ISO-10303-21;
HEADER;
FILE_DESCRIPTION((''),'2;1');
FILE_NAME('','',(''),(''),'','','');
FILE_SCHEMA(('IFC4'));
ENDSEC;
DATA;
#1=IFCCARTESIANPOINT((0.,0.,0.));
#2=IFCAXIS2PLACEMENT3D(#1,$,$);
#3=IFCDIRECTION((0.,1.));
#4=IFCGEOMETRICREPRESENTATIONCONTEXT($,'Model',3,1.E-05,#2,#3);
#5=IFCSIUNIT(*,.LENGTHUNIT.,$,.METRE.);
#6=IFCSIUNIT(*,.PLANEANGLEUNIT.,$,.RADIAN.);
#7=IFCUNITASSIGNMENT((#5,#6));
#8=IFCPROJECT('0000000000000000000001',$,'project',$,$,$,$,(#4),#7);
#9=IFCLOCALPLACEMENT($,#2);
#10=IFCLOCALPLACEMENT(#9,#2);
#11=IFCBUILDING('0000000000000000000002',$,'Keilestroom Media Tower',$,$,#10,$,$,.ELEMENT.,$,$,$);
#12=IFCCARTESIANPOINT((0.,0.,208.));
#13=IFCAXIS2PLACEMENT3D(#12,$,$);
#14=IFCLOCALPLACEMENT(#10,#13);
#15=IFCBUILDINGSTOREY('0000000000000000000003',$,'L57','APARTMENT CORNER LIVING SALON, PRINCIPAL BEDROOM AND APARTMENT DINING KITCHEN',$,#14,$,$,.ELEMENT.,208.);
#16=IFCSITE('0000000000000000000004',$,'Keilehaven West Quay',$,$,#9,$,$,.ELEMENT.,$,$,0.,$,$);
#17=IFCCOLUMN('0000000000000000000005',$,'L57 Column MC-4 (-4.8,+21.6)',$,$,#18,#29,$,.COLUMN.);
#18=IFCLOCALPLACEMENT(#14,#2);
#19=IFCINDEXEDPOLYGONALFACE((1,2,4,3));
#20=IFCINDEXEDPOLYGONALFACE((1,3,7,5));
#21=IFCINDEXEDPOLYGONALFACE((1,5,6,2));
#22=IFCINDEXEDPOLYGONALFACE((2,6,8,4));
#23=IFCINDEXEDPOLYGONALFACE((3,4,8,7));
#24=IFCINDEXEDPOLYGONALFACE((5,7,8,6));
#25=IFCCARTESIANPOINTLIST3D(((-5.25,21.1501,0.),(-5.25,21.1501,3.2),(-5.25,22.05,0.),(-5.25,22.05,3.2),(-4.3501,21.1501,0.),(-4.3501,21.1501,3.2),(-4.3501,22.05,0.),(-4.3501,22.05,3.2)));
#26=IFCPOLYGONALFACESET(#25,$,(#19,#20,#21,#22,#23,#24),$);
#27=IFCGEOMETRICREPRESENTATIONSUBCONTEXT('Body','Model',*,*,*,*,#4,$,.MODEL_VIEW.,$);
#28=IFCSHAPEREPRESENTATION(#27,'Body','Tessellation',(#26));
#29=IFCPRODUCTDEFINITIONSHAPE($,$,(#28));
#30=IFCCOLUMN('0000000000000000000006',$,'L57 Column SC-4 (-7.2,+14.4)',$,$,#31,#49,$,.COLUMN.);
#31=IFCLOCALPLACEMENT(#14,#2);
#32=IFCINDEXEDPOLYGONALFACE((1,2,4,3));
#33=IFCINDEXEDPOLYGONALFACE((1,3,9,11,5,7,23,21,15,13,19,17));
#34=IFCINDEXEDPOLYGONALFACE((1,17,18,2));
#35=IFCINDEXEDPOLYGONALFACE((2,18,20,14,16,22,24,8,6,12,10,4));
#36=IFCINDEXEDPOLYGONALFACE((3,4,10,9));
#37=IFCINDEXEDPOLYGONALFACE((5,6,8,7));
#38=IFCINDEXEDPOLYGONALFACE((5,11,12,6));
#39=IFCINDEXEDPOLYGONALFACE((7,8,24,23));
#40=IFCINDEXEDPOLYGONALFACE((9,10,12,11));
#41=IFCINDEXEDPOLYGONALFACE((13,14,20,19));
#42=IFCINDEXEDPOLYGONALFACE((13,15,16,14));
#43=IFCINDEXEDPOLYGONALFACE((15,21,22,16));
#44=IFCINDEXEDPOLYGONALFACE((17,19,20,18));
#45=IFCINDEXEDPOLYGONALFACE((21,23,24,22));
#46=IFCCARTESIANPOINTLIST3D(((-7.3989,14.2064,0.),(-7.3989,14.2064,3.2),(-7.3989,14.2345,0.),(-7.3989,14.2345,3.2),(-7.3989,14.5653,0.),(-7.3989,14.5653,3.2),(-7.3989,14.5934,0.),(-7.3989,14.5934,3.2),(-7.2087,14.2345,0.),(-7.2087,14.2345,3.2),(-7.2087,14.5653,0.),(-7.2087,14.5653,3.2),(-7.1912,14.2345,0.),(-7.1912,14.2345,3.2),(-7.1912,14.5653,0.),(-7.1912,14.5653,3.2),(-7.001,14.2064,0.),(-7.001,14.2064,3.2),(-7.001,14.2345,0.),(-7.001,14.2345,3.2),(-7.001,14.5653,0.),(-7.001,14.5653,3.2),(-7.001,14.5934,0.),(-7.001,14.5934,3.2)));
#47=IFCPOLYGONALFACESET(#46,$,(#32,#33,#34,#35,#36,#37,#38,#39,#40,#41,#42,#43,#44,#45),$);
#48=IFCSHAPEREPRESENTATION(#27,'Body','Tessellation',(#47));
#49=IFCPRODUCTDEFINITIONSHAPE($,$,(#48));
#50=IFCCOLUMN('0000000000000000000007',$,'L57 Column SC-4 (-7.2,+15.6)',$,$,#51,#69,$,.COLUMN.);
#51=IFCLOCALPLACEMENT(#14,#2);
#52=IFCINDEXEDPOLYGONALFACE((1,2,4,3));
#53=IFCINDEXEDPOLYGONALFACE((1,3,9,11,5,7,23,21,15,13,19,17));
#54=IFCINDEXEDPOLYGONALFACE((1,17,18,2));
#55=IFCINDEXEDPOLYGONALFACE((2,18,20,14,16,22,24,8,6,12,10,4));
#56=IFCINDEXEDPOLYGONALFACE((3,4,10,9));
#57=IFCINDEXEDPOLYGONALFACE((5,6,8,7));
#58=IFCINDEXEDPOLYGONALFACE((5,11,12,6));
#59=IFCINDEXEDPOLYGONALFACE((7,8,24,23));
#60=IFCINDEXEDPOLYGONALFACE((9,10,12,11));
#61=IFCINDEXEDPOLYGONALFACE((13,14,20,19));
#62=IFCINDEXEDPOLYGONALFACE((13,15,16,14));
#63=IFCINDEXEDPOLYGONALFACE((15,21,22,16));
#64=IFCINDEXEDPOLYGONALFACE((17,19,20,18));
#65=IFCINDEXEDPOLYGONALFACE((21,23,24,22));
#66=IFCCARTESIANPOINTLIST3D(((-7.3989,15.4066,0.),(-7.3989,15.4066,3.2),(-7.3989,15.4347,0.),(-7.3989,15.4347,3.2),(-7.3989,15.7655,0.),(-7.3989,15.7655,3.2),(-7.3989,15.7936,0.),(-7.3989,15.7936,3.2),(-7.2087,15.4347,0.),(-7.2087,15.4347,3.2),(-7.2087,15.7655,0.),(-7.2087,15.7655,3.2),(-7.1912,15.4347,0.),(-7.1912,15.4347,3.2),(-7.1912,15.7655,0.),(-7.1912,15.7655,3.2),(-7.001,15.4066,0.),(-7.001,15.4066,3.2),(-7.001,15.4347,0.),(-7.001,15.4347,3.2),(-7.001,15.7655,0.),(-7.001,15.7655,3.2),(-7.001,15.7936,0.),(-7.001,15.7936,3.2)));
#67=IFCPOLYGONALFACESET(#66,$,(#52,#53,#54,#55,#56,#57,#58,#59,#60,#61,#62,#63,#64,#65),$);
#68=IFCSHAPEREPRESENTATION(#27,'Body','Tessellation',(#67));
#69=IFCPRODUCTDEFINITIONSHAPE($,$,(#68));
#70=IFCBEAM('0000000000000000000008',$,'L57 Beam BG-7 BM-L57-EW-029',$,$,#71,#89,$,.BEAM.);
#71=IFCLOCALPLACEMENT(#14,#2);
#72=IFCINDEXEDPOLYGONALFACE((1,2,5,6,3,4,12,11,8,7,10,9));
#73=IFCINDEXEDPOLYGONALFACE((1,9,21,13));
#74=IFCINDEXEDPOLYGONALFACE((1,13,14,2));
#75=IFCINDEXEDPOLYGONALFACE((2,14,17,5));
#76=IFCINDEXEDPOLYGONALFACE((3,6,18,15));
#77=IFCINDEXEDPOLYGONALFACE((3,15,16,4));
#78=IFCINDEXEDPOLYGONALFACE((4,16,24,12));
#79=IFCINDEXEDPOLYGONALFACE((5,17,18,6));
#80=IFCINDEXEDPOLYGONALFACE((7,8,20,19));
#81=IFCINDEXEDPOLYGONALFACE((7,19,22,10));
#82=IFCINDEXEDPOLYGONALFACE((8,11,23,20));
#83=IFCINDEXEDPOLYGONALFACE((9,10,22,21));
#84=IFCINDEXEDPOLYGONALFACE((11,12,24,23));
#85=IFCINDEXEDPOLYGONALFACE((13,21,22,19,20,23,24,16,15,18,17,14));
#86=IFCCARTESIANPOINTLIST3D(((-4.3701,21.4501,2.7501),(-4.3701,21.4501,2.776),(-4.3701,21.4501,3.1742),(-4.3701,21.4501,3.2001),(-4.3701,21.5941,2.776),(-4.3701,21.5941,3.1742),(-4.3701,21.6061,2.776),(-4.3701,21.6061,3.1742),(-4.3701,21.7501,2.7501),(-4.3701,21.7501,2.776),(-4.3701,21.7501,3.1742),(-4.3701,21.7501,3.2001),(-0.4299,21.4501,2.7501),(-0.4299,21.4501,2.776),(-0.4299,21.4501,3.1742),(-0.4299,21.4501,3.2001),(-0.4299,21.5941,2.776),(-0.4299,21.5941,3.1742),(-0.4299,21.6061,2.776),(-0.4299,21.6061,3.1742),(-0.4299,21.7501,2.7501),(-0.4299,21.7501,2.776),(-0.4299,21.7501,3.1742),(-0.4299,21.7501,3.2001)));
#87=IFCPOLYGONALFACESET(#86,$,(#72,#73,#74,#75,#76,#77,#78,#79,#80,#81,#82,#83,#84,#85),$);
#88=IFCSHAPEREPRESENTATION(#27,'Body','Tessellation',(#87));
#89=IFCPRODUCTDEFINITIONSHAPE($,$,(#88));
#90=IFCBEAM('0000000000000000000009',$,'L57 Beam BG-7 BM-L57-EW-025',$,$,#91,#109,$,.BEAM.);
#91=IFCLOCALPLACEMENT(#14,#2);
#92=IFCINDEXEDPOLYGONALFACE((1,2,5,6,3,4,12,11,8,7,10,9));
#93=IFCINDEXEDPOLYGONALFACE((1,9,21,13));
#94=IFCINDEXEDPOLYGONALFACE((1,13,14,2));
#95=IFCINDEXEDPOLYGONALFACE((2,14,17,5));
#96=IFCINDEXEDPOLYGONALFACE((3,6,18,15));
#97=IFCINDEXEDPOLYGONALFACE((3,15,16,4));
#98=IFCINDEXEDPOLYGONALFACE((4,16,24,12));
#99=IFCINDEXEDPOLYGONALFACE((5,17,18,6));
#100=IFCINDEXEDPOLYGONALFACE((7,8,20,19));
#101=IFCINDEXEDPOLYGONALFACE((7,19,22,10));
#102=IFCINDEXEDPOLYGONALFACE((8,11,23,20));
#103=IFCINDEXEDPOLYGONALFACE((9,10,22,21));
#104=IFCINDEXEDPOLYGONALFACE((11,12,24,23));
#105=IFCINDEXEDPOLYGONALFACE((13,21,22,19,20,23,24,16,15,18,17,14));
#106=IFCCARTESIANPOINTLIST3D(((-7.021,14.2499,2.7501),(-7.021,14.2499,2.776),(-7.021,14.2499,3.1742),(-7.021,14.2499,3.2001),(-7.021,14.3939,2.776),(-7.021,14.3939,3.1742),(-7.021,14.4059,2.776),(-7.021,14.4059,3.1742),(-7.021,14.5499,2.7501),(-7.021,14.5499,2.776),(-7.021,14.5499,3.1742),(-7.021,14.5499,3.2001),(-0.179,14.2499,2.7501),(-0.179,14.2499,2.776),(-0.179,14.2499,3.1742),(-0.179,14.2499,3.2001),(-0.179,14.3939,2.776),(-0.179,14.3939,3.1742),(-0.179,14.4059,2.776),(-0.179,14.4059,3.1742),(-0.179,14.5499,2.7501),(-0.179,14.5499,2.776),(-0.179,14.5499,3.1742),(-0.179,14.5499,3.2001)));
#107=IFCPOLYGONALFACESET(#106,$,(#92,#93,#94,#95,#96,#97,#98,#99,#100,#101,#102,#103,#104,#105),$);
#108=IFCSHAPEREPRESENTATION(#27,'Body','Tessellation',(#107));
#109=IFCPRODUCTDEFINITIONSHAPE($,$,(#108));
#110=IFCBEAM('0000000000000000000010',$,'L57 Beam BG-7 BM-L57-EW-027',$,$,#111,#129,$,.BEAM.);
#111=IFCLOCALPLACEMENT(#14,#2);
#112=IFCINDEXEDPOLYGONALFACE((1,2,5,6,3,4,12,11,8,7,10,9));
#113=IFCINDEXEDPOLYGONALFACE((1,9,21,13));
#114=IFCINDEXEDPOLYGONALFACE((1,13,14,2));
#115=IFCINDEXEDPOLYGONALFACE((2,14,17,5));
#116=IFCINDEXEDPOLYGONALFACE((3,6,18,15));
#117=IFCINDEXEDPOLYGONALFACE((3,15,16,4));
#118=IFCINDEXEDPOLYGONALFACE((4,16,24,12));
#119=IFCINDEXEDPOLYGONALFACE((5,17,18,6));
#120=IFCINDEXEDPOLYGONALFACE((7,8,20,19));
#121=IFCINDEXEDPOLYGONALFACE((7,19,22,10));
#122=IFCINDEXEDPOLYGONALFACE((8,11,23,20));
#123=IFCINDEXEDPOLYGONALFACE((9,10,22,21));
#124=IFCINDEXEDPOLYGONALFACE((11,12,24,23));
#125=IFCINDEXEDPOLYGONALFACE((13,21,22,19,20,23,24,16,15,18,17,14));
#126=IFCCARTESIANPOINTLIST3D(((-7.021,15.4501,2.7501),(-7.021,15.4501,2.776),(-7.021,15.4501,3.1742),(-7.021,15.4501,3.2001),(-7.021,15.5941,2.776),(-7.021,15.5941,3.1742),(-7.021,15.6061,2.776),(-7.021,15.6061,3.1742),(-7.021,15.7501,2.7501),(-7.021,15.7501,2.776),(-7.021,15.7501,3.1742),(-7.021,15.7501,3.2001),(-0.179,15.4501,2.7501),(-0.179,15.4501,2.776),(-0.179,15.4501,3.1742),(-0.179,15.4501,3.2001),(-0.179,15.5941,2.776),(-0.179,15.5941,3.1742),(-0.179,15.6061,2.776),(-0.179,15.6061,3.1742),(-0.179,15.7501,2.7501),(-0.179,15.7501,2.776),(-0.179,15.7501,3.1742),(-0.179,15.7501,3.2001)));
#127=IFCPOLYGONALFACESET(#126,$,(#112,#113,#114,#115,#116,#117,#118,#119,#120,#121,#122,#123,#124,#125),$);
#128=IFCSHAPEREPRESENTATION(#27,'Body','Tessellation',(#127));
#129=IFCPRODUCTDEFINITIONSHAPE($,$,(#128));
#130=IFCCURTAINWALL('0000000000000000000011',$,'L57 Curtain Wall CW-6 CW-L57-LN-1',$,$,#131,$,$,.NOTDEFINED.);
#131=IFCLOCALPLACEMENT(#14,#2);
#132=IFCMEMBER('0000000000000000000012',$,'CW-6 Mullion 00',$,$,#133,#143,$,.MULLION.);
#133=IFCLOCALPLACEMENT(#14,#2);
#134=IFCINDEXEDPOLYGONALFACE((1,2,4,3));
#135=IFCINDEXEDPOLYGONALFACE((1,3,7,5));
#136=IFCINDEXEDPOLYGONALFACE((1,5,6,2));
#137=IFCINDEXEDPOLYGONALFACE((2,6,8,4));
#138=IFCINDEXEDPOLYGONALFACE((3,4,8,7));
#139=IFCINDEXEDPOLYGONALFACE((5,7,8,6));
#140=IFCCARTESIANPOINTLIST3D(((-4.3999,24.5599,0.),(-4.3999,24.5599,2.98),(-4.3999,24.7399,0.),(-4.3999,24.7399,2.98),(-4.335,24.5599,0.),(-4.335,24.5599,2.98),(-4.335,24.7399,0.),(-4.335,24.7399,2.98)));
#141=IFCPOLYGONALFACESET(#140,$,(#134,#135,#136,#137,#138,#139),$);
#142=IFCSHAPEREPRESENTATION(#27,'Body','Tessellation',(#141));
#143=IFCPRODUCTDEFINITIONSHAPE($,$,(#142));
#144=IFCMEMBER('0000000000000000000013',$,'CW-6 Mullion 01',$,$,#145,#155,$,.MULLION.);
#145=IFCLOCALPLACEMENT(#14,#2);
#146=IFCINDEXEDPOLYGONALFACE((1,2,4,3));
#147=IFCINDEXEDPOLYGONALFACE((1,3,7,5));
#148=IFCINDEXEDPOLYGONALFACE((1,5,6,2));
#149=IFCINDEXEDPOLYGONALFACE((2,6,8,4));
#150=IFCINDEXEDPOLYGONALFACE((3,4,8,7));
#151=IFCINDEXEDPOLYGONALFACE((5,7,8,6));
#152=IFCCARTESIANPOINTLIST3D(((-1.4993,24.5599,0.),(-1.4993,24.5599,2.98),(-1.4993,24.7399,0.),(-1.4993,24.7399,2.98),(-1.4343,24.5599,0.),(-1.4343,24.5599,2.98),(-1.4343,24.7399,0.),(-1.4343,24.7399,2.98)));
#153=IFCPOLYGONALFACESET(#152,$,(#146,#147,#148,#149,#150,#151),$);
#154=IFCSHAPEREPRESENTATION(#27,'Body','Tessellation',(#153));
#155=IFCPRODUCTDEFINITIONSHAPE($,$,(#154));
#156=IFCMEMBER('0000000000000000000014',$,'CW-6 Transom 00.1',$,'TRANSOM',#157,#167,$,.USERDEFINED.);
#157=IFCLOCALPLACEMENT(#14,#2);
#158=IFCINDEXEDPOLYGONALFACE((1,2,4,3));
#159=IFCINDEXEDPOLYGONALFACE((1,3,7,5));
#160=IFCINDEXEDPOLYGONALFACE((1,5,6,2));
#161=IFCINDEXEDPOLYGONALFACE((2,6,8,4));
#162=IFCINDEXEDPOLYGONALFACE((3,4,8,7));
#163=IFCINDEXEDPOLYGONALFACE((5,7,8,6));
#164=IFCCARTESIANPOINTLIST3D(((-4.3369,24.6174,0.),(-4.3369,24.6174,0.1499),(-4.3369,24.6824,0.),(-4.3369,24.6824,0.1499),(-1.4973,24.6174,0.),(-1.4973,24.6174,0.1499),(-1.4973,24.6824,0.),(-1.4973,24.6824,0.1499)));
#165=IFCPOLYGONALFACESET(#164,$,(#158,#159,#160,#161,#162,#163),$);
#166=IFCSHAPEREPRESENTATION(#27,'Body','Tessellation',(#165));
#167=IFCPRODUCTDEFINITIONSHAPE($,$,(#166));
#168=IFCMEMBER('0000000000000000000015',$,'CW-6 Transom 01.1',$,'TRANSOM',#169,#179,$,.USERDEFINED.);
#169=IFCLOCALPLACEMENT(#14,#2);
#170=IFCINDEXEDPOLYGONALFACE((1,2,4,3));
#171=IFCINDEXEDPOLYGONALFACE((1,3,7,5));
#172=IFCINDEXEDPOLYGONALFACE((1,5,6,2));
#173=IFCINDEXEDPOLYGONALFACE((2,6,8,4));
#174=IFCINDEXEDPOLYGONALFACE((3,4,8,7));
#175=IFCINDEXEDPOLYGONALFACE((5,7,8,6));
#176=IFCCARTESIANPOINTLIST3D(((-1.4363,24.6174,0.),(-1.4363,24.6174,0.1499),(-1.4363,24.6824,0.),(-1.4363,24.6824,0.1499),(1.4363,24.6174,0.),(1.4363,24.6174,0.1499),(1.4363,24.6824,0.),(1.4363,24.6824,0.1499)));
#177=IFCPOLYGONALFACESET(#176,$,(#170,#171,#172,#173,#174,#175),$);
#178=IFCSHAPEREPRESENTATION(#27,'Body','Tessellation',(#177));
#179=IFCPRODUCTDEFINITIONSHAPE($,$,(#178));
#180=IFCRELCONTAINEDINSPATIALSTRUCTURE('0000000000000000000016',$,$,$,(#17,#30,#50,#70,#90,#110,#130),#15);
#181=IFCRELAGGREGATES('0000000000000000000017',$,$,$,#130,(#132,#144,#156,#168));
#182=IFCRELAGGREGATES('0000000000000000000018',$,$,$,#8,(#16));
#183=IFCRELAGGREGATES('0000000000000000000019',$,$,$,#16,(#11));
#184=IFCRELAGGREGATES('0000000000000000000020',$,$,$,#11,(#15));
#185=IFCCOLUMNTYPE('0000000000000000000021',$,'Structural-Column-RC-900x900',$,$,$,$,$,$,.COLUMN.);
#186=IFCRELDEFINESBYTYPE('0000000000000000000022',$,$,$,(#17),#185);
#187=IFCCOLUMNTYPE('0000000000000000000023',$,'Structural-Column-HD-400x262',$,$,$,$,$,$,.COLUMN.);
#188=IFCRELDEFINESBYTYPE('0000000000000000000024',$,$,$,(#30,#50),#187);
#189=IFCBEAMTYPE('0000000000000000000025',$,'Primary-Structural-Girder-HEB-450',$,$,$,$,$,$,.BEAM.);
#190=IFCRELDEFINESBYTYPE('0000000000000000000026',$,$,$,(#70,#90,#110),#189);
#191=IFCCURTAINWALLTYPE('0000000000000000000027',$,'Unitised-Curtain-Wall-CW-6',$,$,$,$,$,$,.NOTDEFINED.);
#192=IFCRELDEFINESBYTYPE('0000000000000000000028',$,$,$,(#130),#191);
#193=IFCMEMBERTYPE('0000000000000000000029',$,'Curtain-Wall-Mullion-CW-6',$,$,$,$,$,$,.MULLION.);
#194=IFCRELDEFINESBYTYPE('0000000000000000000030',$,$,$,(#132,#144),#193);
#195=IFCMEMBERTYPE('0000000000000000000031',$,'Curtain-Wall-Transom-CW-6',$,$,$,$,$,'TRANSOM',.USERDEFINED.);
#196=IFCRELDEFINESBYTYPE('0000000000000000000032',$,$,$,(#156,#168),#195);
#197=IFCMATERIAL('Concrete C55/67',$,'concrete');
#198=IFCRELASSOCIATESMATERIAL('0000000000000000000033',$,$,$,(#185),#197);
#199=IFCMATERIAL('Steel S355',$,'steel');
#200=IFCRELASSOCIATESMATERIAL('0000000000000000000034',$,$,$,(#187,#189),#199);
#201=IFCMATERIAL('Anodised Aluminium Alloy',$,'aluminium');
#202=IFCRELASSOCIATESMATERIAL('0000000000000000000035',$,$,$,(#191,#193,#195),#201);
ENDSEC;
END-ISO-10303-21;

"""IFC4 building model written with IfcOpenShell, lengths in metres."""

from ifc_helpers import new_model, si_unit, direction, frame, origin, origin_2d, place, context, subcontext, project, spatial, rectangle, i_section, extrude, source, transform, mapped, material, material_profile, profile_set, type_object, element, aggregate, save


model = new_model("IFC4")

# Units and contexts
model_context = context("Model", 3, precision=1e-05, world=origin(), true_north=direction((0.0, 1.0)))
body_context = subcontext(model_context, "Body", "Model", "MODEL_VIEW")
ifc_project = project(units=[si_unit("LENGTHUNIT", "METRE"), si_unit("PLANEANGLEUNIT", "RADIAN")], contexts=[model_context])

# Site, building, storey
site_placement = place(None, origin())
site = spatial("IfcSite", under=ifc_project, at=site_placement, Name="Keilehaven West Quay", CompositionType="ELEMENT", RefElevation=0.0)
building_placement = place(site_placement, origin())
building = spatial("IfcBuilding", under=site, at=building_placement, Name="Keilestroom Media Tower", CompositionType="ELEMENT")
storey_placement = place(building_placement, frame((0.0, 0.0, 208.0)))
storey = spatial("IfcBuildingStorey", under=building, at=storey_placement, Name="L57", Description="APARTMENT CORNER LIVING SALON, PRINCIPAL BEDROOM AND APARTMENT DINING KITCHEN", CompositionType="ELEMENT", Elevation=208.0)

# Columns
ifc_material_1 = material(Name="Concrete C55/67", Category="concrete")
ifc_material_profile_1 = material_profile(ifc_material_1, rectangle(XDim=0.8999, YDim=0.8999, at=origin_2d()), Name="RC 900x900")
ifc_profile_set_1 = profile_set([ifc_material_profile_1], Name="Concrete C55/67")
column_type_1 = type_object("IfcColumnType", Name="Structural-Column-RC-900x900", PredefinedType="COLUMN", material=ifc_profile_set_1)
shared_shape_1 = source(origin(), body_context, "Body", "SweptSolid", [
    extrude(rectangle(XDim=0.8999, YDim=0.8999, at=origin_2d()), origin(), (0.0, 0.0, 1.0), 3.2),
])
column_placement = place(storey_placement, frame((-4.8, 21.6001, 0.0), z_axis=(0.0, 0.0, 1.0), x_axis=(1.0, 0.0, 0.0)))
element("IfcColumn", 1, at=column_placement, inside=storey, type_object=column_type_1, Name="L57 Column MC-4 (-4.8,+21.6)", PredefinedType="COLUMN", context=body_context, shape_type="MappedRepresentation", body=[
    mapped(shared_shape_1, transform((0.0, 0.0, 0.0), x_axis=(1.0, 0.0, 0.0), y_axis=(0.0, 1.0, 0.0), z_axis=(0.0, 0.0, 1.0), scale=1.0)),
])
ifc_material_2 = material(Name="Steel S355", Category="steel")
ifc_material_profile_2 = material_profile(ifc_material_2, i_section(OverallWidth=0.3979, OverallDepth=0.387, WebThickness=0.0176, FlangeThickness=0.0281, at=origin_2d()), Name="HD 400x262")
ifc_profile_set_2 = profile_set([ifc_material_profile_2], Name="Steel S355")
column_type_2 = type_object("IfcColumnType", Name="Structural-Column-HD-400x262", PredefinedType="COLUMN", material=ifc_profile_set_2)
shared_shape_2 = source(origin(), body_context, "Body", "SweptSolid", [
    extrude(i_section(OverallWidth=0.3979, OverallDepth=0.387, WebThickness=0.0176, FlangeThickness=0.0281, at=origin_2d()), origin(), (0.0, 0.0, 1.0), 3.2),
])
for number, where, z_axis, x_axis, name in (
    (2, (-7.2, 14.3999, 0.0), (0.0, 0.0, 1.0), (1.0, 0.0, 0.0), "L57 Column SC-4 (-7.2,+14.4)"),
    (3, (-7.2, 15.6001, 0.0), (0.0, 0.0, 1.0), (1.0, 0.0, 0.0), "L57 Column SC-4 (-7.2,+15.6)"),
):
    element("IfcColumn", number, at=place(storey_placement, frame(where, z_axis=z_axis, x_axis=x_axis)), inside=storey, type_object=column_type_2, Name=name, PredefinedType="COLUMN", context=body_context, shape_type="MappedRepresentation", body=[
        mapped(shared_shape_2, transform((0.0, 0.0, 0.0), x_axis=(1.0, 0.0, 0.0), y_axis=(0.0, 1.0, 0.0), z_axis=(0.0, 0.0, 1.0), scale=1.0)),
    ])

# Beams
ifc_material_profile_3 = material_profile(ifc_material_2, i_section(OverallWidth=0.3, OverallDepth=0.45, WebThickness=0.012, FlangeThickness=0.0259, at=origin_2d()), Name="HEB 450")
ifc_profile_set_3 = profile_set([ifc_material_profile_3], Name="Steel S355")
beam_type = type_object("IfcBeamType", Name="Primary-Structural-Girder-HEB-450", PredefinedType="BEAM", material=ifc_profile_set_3)
shared_shape_3 = source(origin(), body_context, "Body", "SweptSolid", [
    extrude(i_section(OverallWidth=0.3, OverallDepth=0.45, WebThickness=0.012, FlangeThickness=0.0259, at=origin_2d()), origin(), (0.0, 0.0, 1.0), 3.9402),
])
beam_placement = place(storey_placement, frame((-4.3701, 21.6001, 2.9751), z_axis=(1.0, 0.0, 0.0), x_axis=(0.0, 1.0, 0.0)))
element("IfcBeam", 4, at=beam_placement, inside=storey, type_object=beam_type, Name="L57 Beam BG-7 BM-L57-EW-029", PredefinedType="BEAM", context=body_context, shape_type="MappedRepresentation", body=[
    mapped(shared_shape_3, transform((0.0, 0.0, 0.0), x_axis=(1.0, 0.0, 0.0), y_axis=(0.0, 1.0, 0.0), z_axis=(0.0, 0.0, 1.0), scale=1.0)),
])
shared_shape_4 = source(origin(), body_context, "Body", "SweptSolid", [
    extrude(i_section(OverallWidth=0.3, OverallDepth=0.45, WebThickness=0.012, FlangeThickness=0.0259, at=origin_2d()), origin(), (0.0, 0.0, 1.0), 6.842),
])
for number, where, z_axis, x_axis, name in (
    (5, (-7.021, 14.3999, 2.9751), (1.0, 0.0, 0.0), (0.0, 1.0, 0.0), "L57 Beam BG-7 BM-L57-EW-025"),
    (6, (-7.021, 15.6001, 2.9751), (1.0, 0.0, 0.0), (0.0, 1.0, 0.0), "L57 Beam BG-7 BM-L57-EW-027"),
):
    element("IfcBeam", number, at=place(storey_placement, frame(where, z_axis=z_axis, x_axis=x_axis)), inside=storey, type_object=beam_type, Name=name, PredefinedType="BEAM", context=body_context, shape_type="MappedRepresentation", body=[
        mapped(shared_shape_4, transform((0.0, 0.0, 0.0), x_axis=(1.0, 0.0, 0.0), y_axis=(0.0, 1.0, 0.0), z_axis=(0.0, 0.0, 1.0), scale=1.0)),
    ])

# Curtain wall, members
ifc_material_3 = material(Name="Anodised Aluminium Alloy", Category="aluminium")
curtain_wall_type = type_object("IfcCurtainWallType", Name="Unitised-Curtain-Wall-CW-6", PredefinedType="NOTDEFINED", material=ifc_material_3)
curtain_wall_placement = place(storey_placement, origin())
curtain_wall = element("IfcCurtainWall", 7, at=curtain_wall_placement, inside=storey, type_object=curtain_wall_type, Name="L57 Curtain Wall CW-6 CW-L57-LN-1", PredefinedType="NOTDEFINED")
ifc_material_profile_4 = material_profile(ifc_material_3, rectangle(XDim=0.0649, YDim=0.1799, at=origin_2d()), Name="ALU MULLION 65x180")
ifc_profile_set_4 = profile_set([ifc_material_profile_4], Name="Anodised Aluminium Alloy")
member_type_1 = type_object("IfcMemberType", Name="Curtain-Wall-Mullion-CW-6", PredefinedType="MULLION", material=ifc_profile_set_4)
shared_shape_5 = source(origin(), body_context, "Body", "SweptSolid", [
    extrude(rectangle(XDim=0.0649, YDim=0.1799, at=origin_2d()), origin(), (0.0, 0.0, 1.0), 2.98),
])
member_1_placement = place(storey_placement, frame((-4.3674, 24.6499, 0.0), z_axis=(0.0, 0.0, 1.0), x_axis=(1.0, 0.0, 0.0)))
member_1 = element("IfcMember", 8, at=member_1_placement, type_object=member_type_1, Name="CW-6 Mullion 00", PredefinedType="MULLION", context=body_context, shape_type="MappedRepresentation", body=[
    mapped(shared_shape_5, transform((0.0, 0.0, 0.0), x_axis=(1.0, 0.0, 0.0), y_axis=(0.0, 1.0, 0.0), z_axis=(0.0, 0.0, 1.0), scale=1.0)),
])
member_2_placement = place(storey_placement, frame((-1.4668, 24.6499, 0.0), z_axis=(0.0, 0.0, 1.0), x_axis=(1.0, 0.0, 0.0)))
member_2 = element("IfcMember", 9, at=member_2_placement, type_object=member_type_1, Name="CW-6 Mullion 01", PredefinedType="MULLION", context=body_context, shape_type="MappedRepresentation", body=[
    mapped(shared_shape_5, transform((0.0, 0.0, 0.0), x_axis=(1.0, 0.0, 0.0), y_axis=(0.0, 1.0, 0.0), z_axis=(0.0, 0.0, 1.0), scale=1.0)),
])
ifc_material_profile_5 = material_profile(ifc_material_3, rectangle(XDim=0.0649, YDim=0.1499, at=origin_2d()), Name="ALU TRANSOM 65x150")
ifc_profile_set_5 = profile_set([ifc_material_profile_5], Name="Anodised Aluminium Alloy")
member_type_2 = type_object("IfcMemberType", Name="Curtain-Wall-Transom-CW-6", ElementType="TRANSOM", PredefinedType="USERDEFINED", material=ifc_profile_set_5)
shared_shape_6 = source(origin(), body_context, "Body", "SweptSolid", [
    extrude(rectangle(XDim=0.0649, YDim=0.1499, at=origin_2d()), origin(), (0.0, 0.0, 1.0), 2.8396),
])
member_3_placement = place(storey_placement, frame((-4.3369, 24.6499, 0.075), z_axis=(1.0, 0.0, 0.0), x_axis=(0.0, 1.0, 0.0)))
member_3 = element("IfcMember", 10, at=member_3_placement, type_object=member_type_2, Name="CW-6 Transom 00.1", ObjectType="TRANSOM", PredefinedType="USERDEFINED", context=body_context, shape_type="MappedRepresentation", body=[
    mapped(shared_shape_6, transform((0.0, 0.0, 0.0), x_axis=(1.0, 0.0, 0.0), y_axis=(0.0, 1.0, 0.0), z_axis=(0.0, 0.0, 1.0), scale=1.0)),
])
shared_shape_7 = source(origin(), body_context, "Body", "SweptSolid", [
    extrude(rectangle(XDim=0.0649, YDim=0.1499, at=origin_2d()), origin(), (0.0, 0.0, 1.0), 2.8726),
])
member_4_placement = place(storey_placement, frame((-1.4363, 24.6499, 0.075), z_axis=(1.0, 0.0, 0.0), x_axis=(0.0, 1.0, 0.0)))
member_4 = element("IfcMember", 11, at=member_4_placement, type_object=member_type_2, Name="CW-6 Transom 01.1", ObjectType="TRANSOM", PredefinedType="USERDEFINED", context=body_context, shape_type="MappedRepresentation", body=[
    mapped(shared_shape_7, transform((0.0, 0.0, 0.0), x_axis=(1.0, 0.0, 0.0), y_axis=(0.0, 1.0, 0.0), z_axis=(0.0, 0.0, 1.0), scale=1.0)),
])
aggregate(curtain_wall, [member_1, member_2, member_3, member_4])

save(model, "model.ifc")
